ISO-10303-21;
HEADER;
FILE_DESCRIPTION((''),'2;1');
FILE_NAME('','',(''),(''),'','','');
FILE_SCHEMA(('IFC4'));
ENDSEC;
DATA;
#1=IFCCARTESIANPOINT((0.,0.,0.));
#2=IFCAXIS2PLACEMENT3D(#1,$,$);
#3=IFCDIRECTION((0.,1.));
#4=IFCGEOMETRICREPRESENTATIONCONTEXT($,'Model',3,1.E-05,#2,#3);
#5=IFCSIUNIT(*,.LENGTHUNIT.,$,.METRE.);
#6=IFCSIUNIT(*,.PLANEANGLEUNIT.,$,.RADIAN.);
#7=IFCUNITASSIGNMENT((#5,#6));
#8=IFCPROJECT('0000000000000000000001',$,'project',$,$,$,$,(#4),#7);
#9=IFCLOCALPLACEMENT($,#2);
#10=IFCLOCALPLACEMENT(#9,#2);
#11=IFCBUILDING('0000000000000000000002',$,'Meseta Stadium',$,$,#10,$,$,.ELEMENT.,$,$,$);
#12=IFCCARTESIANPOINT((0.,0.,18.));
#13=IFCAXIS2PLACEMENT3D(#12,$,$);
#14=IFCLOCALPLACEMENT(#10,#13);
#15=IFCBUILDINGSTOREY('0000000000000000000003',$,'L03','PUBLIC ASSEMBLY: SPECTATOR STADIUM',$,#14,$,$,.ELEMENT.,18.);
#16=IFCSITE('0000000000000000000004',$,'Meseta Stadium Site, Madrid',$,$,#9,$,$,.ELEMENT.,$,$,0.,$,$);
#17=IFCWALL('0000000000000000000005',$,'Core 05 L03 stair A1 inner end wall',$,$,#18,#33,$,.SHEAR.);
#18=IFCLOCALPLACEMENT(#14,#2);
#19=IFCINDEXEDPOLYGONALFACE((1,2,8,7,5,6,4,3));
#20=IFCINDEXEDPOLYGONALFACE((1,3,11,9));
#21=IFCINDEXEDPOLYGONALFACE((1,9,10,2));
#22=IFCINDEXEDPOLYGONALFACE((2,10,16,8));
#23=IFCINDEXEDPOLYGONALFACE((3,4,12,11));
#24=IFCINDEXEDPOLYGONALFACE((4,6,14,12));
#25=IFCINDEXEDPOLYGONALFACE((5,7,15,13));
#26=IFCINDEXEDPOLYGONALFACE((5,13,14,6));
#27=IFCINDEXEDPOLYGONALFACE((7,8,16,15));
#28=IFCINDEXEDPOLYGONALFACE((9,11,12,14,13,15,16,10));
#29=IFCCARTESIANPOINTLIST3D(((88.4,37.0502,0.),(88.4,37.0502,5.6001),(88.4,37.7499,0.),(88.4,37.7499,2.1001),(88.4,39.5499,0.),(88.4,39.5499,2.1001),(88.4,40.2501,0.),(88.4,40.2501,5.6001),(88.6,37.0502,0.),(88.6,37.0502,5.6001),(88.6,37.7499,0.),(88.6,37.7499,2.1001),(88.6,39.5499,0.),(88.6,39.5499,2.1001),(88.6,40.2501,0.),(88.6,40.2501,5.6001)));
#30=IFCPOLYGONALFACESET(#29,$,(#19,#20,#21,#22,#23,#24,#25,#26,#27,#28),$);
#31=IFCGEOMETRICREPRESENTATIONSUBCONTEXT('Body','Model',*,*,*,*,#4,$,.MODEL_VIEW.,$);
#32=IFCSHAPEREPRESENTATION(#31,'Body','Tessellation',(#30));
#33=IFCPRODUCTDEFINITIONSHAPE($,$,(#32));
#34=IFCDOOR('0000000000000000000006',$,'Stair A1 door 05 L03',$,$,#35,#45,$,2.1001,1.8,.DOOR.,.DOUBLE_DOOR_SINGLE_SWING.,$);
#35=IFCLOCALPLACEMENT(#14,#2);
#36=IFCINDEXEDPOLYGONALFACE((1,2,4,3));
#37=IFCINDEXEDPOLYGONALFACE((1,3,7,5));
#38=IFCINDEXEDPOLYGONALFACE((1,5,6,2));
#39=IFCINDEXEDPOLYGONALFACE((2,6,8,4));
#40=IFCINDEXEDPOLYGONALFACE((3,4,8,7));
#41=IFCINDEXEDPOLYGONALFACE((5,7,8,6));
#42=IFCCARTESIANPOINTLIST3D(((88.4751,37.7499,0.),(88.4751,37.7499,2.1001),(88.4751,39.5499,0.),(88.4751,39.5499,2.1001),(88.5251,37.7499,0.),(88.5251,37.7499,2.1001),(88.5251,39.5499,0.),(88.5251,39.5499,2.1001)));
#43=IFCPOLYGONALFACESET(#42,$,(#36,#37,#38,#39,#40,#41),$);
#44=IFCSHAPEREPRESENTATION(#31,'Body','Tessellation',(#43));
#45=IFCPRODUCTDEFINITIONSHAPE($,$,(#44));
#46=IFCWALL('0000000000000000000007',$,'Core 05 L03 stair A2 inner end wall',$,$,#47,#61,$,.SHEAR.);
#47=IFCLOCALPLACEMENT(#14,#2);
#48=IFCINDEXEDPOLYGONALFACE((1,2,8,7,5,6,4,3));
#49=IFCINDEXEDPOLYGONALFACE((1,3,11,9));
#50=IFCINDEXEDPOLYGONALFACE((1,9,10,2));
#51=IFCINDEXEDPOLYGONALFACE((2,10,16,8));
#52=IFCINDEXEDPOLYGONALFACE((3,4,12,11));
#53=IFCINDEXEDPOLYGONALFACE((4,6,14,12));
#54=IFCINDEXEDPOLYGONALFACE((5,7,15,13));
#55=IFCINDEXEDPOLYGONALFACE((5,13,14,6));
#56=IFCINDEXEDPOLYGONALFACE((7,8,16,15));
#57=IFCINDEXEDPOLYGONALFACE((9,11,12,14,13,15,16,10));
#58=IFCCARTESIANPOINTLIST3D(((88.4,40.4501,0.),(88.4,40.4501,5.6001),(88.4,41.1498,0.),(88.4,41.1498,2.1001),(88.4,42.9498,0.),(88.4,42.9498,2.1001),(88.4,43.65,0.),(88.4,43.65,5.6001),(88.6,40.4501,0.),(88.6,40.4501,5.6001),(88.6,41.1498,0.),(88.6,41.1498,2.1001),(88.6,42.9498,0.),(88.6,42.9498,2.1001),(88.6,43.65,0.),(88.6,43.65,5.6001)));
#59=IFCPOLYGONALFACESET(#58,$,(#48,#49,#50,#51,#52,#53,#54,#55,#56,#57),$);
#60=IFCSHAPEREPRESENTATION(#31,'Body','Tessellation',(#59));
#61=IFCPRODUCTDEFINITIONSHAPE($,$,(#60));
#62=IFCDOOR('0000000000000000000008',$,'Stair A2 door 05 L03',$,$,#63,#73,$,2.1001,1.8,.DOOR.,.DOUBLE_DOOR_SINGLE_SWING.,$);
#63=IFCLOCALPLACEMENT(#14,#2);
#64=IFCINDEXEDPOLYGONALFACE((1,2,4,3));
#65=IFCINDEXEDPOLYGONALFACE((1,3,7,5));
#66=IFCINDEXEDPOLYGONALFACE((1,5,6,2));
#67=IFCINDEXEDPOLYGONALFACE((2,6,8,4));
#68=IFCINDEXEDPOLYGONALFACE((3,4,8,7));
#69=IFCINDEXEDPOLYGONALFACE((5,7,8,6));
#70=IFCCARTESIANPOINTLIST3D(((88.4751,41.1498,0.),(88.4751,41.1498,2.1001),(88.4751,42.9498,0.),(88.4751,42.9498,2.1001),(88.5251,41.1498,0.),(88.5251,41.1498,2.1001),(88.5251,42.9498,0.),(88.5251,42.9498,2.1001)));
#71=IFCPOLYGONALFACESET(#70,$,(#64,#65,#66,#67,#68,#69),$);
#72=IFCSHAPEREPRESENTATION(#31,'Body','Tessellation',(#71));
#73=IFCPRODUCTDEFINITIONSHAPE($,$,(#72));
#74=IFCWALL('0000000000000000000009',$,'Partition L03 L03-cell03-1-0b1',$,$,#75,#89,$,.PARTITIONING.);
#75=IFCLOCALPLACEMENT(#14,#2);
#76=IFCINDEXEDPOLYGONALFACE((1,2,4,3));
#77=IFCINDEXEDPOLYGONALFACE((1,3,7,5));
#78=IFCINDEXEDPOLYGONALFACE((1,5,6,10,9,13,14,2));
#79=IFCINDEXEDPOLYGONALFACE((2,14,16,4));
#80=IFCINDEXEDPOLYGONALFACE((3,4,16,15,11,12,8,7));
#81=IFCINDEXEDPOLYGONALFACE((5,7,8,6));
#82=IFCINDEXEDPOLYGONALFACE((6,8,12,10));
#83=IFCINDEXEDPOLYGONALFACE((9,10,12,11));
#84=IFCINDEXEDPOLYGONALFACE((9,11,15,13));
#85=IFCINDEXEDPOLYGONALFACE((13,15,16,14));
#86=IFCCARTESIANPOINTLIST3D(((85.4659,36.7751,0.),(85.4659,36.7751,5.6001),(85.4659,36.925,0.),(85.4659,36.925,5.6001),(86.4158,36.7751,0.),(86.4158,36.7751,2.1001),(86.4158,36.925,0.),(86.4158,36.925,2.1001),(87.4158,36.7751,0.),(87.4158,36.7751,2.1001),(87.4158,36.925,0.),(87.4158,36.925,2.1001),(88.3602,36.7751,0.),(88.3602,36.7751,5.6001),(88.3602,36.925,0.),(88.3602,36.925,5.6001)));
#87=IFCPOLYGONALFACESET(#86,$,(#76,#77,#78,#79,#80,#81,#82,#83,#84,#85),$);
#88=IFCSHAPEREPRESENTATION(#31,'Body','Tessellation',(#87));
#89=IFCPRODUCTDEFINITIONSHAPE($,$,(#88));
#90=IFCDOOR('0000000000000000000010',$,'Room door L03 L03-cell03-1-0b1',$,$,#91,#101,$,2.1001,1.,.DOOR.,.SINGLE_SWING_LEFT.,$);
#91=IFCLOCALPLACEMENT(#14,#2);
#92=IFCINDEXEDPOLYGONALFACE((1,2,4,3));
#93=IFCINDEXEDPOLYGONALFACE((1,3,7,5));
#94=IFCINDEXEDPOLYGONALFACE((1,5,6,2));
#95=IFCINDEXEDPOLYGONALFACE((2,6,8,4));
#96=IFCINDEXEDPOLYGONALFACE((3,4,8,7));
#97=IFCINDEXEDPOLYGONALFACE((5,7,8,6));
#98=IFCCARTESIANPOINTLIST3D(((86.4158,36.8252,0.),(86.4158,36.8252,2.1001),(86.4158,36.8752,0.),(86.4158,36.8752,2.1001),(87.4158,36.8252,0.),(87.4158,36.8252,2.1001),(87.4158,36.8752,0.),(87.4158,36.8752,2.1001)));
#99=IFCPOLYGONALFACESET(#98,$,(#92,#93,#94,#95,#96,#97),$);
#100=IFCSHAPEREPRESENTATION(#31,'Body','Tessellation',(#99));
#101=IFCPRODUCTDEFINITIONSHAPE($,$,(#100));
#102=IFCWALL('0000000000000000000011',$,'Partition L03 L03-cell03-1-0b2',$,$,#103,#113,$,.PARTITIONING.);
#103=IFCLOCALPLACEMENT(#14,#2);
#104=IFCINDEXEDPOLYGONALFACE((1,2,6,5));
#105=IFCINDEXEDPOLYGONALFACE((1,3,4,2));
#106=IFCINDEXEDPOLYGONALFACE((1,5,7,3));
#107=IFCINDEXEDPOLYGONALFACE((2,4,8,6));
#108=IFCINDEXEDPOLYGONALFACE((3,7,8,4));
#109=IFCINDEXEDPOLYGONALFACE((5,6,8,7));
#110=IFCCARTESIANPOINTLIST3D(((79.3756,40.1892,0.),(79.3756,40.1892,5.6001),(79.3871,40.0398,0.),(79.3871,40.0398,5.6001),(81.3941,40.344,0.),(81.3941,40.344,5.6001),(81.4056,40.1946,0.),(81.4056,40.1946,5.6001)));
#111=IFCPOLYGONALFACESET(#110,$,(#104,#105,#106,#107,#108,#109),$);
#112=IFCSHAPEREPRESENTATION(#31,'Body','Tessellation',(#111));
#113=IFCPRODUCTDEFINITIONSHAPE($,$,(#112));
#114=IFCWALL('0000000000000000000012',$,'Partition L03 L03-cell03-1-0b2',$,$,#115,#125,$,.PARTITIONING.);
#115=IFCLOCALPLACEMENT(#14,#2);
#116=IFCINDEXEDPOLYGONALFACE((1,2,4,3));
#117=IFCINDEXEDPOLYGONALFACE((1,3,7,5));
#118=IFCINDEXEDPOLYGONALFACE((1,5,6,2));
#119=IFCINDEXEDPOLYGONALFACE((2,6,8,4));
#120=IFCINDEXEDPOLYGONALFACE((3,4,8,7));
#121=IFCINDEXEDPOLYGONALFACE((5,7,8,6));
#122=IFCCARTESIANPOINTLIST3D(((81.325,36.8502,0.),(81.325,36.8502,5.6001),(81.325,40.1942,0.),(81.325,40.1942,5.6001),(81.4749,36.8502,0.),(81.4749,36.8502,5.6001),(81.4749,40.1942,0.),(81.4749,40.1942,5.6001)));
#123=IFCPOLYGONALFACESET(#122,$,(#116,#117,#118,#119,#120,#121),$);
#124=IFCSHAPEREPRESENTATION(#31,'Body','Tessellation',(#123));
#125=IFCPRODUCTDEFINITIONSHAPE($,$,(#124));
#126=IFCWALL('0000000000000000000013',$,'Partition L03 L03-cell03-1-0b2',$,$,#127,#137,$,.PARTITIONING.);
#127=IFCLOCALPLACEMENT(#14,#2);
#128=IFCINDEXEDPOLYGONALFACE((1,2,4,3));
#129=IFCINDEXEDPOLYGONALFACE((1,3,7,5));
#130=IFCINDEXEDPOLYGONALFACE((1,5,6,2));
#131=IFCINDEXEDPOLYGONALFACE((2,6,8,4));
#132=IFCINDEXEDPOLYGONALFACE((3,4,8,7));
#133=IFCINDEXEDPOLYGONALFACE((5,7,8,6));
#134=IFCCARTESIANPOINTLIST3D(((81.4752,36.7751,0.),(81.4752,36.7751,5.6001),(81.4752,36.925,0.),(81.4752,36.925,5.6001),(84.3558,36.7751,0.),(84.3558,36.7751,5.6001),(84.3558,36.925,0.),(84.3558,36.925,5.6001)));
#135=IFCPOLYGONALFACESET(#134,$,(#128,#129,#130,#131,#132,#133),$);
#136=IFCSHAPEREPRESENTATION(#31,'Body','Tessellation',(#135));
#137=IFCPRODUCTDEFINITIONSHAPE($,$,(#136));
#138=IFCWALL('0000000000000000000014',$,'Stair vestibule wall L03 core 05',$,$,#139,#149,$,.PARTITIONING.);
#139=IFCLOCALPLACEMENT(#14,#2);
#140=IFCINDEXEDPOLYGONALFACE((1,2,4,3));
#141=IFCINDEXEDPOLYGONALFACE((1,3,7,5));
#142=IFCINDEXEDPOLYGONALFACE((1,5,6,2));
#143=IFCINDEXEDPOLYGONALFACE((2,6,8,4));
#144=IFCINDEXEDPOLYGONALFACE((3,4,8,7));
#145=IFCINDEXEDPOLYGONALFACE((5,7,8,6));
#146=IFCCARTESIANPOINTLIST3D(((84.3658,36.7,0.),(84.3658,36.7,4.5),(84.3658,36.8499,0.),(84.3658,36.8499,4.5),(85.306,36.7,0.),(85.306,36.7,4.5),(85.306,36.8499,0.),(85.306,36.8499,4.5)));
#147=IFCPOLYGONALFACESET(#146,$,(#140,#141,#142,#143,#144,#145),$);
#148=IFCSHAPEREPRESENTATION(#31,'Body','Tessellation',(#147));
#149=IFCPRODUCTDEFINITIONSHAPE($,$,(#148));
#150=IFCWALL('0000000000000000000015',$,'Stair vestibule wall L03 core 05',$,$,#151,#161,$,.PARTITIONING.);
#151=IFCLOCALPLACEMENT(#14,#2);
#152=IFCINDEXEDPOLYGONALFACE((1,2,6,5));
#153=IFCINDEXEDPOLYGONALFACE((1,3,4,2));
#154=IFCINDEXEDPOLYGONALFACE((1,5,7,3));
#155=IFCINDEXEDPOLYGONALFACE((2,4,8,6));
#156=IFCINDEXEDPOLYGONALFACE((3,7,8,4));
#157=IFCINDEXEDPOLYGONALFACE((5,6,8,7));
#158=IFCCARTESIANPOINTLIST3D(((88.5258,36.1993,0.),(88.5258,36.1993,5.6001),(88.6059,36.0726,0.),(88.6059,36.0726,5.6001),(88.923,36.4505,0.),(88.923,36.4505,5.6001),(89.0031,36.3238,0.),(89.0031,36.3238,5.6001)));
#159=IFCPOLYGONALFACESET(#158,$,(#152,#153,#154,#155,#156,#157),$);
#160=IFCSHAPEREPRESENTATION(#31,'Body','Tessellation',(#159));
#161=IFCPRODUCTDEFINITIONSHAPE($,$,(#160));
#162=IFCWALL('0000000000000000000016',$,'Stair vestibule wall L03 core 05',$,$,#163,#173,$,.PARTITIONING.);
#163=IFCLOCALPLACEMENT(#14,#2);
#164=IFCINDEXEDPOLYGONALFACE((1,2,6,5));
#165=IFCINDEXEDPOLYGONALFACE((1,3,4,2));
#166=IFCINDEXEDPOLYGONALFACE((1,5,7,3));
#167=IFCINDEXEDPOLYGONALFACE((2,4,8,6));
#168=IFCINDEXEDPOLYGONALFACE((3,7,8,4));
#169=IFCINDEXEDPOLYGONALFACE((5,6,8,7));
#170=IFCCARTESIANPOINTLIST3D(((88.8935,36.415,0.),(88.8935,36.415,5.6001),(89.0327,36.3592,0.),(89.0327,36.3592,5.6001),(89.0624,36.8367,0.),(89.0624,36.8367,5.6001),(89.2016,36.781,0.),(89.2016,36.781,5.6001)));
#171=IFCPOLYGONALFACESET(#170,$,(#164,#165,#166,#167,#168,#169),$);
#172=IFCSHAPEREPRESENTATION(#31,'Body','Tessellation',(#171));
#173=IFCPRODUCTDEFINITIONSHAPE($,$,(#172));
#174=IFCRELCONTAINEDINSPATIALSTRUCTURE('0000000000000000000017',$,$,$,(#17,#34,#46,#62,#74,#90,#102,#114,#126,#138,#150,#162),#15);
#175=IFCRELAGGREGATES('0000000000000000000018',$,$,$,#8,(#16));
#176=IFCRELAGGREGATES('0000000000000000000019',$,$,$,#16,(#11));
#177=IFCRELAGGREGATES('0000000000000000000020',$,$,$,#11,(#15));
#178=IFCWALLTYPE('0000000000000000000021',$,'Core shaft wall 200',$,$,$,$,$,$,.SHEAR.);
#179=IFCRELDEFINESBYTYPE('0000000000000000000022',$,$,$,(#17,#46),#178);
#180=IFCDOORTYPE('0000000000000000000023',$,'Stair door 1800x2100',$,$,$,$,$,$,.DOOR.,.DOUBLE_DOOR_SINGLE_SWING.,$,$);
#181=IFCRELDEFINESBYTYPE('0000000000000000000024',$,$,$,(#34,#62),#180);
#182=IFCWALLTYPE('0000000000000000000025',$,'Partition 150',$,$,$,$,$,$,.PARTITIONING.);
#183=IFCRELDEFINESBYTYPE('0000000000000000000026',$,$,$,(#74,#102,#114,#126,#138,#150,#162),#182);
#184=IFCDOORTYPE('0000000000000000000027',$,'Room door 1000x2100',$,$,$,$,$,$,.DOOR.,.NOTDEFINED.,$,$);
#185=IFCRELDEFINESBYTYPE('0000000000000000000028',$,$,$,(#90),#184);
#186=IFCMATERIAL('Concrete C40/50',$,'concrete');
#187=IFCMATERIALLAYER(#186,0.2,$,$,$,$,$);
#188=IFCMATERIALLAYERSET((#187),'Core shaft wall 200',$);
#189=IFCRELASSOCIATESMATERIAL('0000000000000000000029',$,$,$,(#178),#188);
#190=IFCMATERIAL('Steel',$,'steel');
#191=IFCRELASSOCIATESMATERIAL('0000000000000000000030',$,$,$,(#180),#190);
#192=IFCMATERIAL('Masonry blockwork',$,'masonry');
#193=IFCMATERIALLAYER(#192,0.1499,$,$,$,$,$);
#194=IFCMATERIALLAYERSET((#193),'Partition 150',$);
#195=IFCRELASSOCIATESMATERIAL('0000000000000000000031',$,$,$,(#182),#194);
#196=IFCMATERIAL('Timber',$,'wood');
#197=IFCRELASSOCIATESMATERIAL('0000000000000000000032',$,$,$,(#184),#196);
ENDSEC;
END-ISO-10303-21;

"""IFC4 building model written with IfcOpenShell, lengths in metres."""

from ifc_helpers import new_model, si_unit, direction, frame, frame_2d, origin, place, context, subcontext, project, spatial, rectangle, extrude, material, layer, layer_set, type_object, element, fill, save


model = new_model("IFC4")

# Units and contexts
model_context = context("Model", 3, precision=1e-05, world=origin(), true_north=direction((0.0, 1.0)))
body_context = subcontext(model_context, "Body", "Model", "MODEL_VIEW")
ifc_project = project(units=[si_unit("LENGTHUNIT", "METRE"), si_unit("PLANEANGLEUNIT", "RADIAN")], contexts=[model_context])

# Site, building, storey
site_placement = place(None, origin())
site = spatial("IfcSite", under=ifc_project, at=site_placement, Name="Meseta Stadium Site, Madrid", CompositionType="ELEMENT", RefElevation=0.0)
building_placement = place(site_placement, origin())
building = spatial("IfcBuilding", under=site, at=building_placement, Name="Meseta Stadium", CompositionType="ELEMENT")
storey_placement = place(building_placement, frame((0.0, 0.0, 18.0)))
storey = spatial("IfcBuildingStorey", under=building, at=storey_placement, Name="L03", Description="PUBLIC ASSEMBLY: SPECTATOR STADIUM", CompositionType="ELEMENT", Elevation=18.0)

# Walls, openings, doors
ifc_material_1 = material(Name="Concrete C40/50", Category="concrete")
ifc_layer_1 = layer(ifc_material_1, 0.2)
ifc_layer_set_1 = layer_set([ifc_layer_1], Name="Core shaft wall 200")
wall_type_1 = type_object("IfcWallType", Name="Core shaft wall 200", PredefinedType="SHEAR", material=ifc_layer_set_1)
wall_1_placement = place(storey_placement, frame((88.5, 37.05, 0.0), z_axis=(0.0, 0.0, 1.0), x_axis=(0.0, 1.0, 0.0)))
wall_1 = element("IfcWall", 1, at=wall_1_placement, inside=storey, type_object=wall_type_1, Name="Core 05 L03 stair A1 inner end wall", PredefinedType="SHEAR", context=body_context, shape_type="SweptSolid", body=[
    extrude(rectangle(XDim=3.2, YDim=0.2, at=frame_2d((1.6001, 0.0))), origin(), (0.0, 0.0, 1.0), 5.6001),
])
opening_1_placement = place(wall_1_placement, frame((0.7, 0.0, 0.0)))
opening_1 = element("IfcOpeningElement", 2, at=opening_1_placement, cuts=wall_1, PredefinedType="OPENING", context=body_context, shape_type="SweptSolid", body=[
    extrude(rectangle(XDim=1.8, YDim=2.1001, at=frame_2d((0.8999, 1.05))), frame((0.0, 0.1099, 0.0), z_axis=(0.0, -1.0, 0.0), x_axis=(1.0, 0.0, 0.0)), (0.0, 0.0, 1.0), 0.22),
])
ifc_material_2 = material(Name="Steel", Category="steel")
door_type_1 = type_object("IfcDoorType", Name="Stair door 1800x2100", OperationType="DOUBLE_DOOR_SINGLE_SWING", PredefinedType="DOOR", material=ifc_material_2)
door_1_placement = place(opening_1_placement, origin())
door_1 = element("IfcDoor", 3, at=door_1_placement, inside=storey, type_object=door_type_1, Name="Stair A1 door 05 L03", OperationType="DOUBLE_DOOR_SINGLE_SWING", OverallHeight=2.1001, OverallWidth=1.8, PredefinedType="DOOR", context=body_context, shape_type="SweptSolid", body=[
    extrude(rectangle(XDim=1.8, YDim=2.1001, at=frame_2d((0.8999, 1.05))), frame((0.0, 0.0249, 0.0), z_axis=(0.0, -1.0, 0.0), x_axis=(1.0, 0.0, 0.0)), (0.0, 0.0, 1.0), 0.05),
])
fill(opening_1, door_1)
wall_2_placement = place(storey_placement, frame((88.5, 40.45, 0.0), z_axis=(0.0, 0.0, 1.0), x_axis=(0.0, 1.0, 0.0)))
wall_2 = element("IfcWall", 4, at=wall_2_placement, inside=storey, type_object=wall_type_1, Name="Core 05 L03 stair A2 inner end wall", PredefinedType="SHEAR", context=body_context, shape_type="SweptSolid", body=[
    extrude(rectangle(XDim=3.2, YDim=0.2, at=frame_2d((1.6001, 0.0))), origin(), (0.0, 0.0, 1.0), 5.6001),
])
opening_2_placement = place(wall_2_placement, frame((0.7, 0.0, 0.0)))
opening_2 = element("IfcOpeningElement", 5, at=opening_2_placement, cuts=wall_2, PredefinedType="OPENING", context=body_context, shape_type="SweptSolid", body=[
    extrude(rectangle(XDim=1.8, YDim=2.1001, at=frame_2d((0.8999, 1.05))), frame((0.0, 0.1099, 0.0), z_axis=(0.0, -1.0, 0.0), x_axis=(1.0, 0.0, 0.0)), (0.0, 0.0, 1.0), 0.22),
])
door_2_placement = place(opening_2_placement, origin())
door_2 = element("IfcDoor", 6, at=door_2_placement, inside=storey, type_object=door_type_1, Name="Stair A2 door 05 L03", OperationType="DOUBLE_DOOR_SINGLE_SWING", OverallHeight=2.1001, OverallWidth=1.8, PredefinedType="DOOR", context=body_context, shape_type="SweptSolid", body=[
    extrude(rectangle(XDim=1.8, YDim=2.1001, at=frame_2d((0.8999, 1.05))), frame((0.0, 0.0249, 0.0), z_axis=(0.0, -1.0, 0.0), x_axis=(1.0, 0.0, 0.0)), (0.0, 0.0, 1.0), 0.05),
])
fill(opening_2, door_2)
ifc_material_3 = material(Name="Masonry blockwork", Category="masonry")
ifc_layer_2 = layer(ifc_material_3, 0.1499)
ifc_layer_set_2 = layer_set([ifc_layer_2], Name="Partition 150")
wall_type_2 = type_object("IfcWallType", Name="Partition 150", PredefinedType="PARTITIONING", material=ifc_layer_set_2)
wall_3_placement = place(storey_placement, frame((85.4658, 36.8501, 0.0), z_axis=(0.0, 0.0, 1.0), x_axis=(1.0, 0.0, 0.0)))
wall_3 = element("IfcWall", 7, at=wall_3_placement, inside=storey, type_object=wall_type_2, Name="Partition L03 L03-cell03-1-0b1", PredefinedType="PARTITIONING", context=body_context, shape_type="SweptSolid", body=[
    extrude(rectangle(XDim=2.8943, YDim=0.1499, at=frame_2d((1.4473, 0.0))), origin(), (0.0, 0.0, 1.0), 5.6001),
])
opening_3_placement = place(wall_3_placement, frame((0.95, 0.0, 0.0)))
opening_3 = element("IfcOpeningElement", 8, at=opening_3_placement, cuts=wall_3, PredefinedType="OPENING", context=body_context, shape_type="SweptSolid", body=[
    extrude(rectangle(XDim=1.0, YDim=2.1001, at=frame_2d((0.5, 1.05))), frame((0.0, 0.085, 0.0), z_axis=(0.0, -1.0, 0.0), x_axis=(1.0, 0.0, 0.0)), (0.0, 0.0, 1.0), 0.1699),
])
ifc_material_4 = material(Name="Timber", Category="wood")
door_type_2 = type_object("IfcDoorType", Name="Room door 1000x2100", OperationType="NOTDEFINED", PredefinedType="DOOR", material=ifc_material_4)
door_3_placement = place(opening_3_placement, frame((1.0, 0.0, 0.0), z_axis=(0.0, 0.0, 1.0), x_axis=(-1.0, 0.0, 0.0)))
door_3 = element("IfcDoor", 9, at=door_3_placement, inside=storey, type_object=door_type_2, Name="Room door L03 L03-cell03-1-0b1", OperationType="SINGLE_SWING_LEFT", OverallHeight=2.1001, OverallWidth=1.0, PredefinedType="DOOR", context=body_context, shape_type="SweptSolid", body=[
    extrude(rectangle(XDim=1.0, YDim=2.1001, at=frame_2d((0.5, 1.05))), frame((0.0, 0.0249, 0.0), z_axis=(0.0, -1.0, 0.0), x_axis=(1.0, 0.0, 0.0)), (0.0, 0.0, 1.0), 0.05),
])
fill(opening_3, door_3)

# Walls
wall_4_placement = place(storey_placement, frame((79.3813, 40.1145, 0.0), z_axis=(0.0, 0.0, 1.0), x_axis=(0.997073, 0.076457, 0.0)))
element("IfcWall", 10, at=wall_4_placement, inside=storey, type_object=wall_type_2, Name="Partition L03 L03-cell03-1-0b2", PredefinedType="PARTITIONING", context=body_context, shape_type="SweptSolid", body=[
    extrude(rectangle(XDim=2.0244, YDim=0.1499, at=frame_2d((1.0122, 0.0))), origin(), (0.0, 0.0, 1.0), 5.6001),
])
wall_5_placement = place(storey_placement, frame((81.3999, 40.1941, 0.0), z_axis=(0.0, 0.0, 1.0), x_axis=(0.0, -1.0, 0.0)))
element("IfcWall", 11, at=wall_5_placement, inside=storey, type_object=wall_type_2, Name="Partition L03 L03-cell03-1-0b2", PredefinedType="PARTITIONING", context=body_context, shape_type="SweptSolid", body=[
    extrude(rectangle(XDim=3.344, YDim=0.1499, at=frame_2d((1.6719, 0.0))), origin(), (0.0, 0.0, 1.0), 5.6001),
])
wall_6_placement = place(storey_placement, frame((81.4751, 36.8501, 0.0), z_axis=(0.0, 0.0, 1.0), x_axis=(1.0, 0.0, 0.0)))
element("IfcWall", 12, at=wall_6_placement, inside=storey, type_object=wall_type_2, Name="Partition L03 L03-cell03-1-0b2", PredefinedType="PARTITIONING", context=body_context, shape_type="SweptSolid", body=[
    extrude(rectangle(XDim=2.8806, YDim=0.1499, at=frame_2d((1.4404, 0.0))), origin(), (0.0, 0.0, 1.0), 5.6001),
])
wall_7_placement = place(storey_placement, frame((84.3657, 36.7749, 0.0), z_axis=(0.0, 0.0, 1.0), x_axis=(1.0, 0.0, 0.0)))
element("IfcWall", 13, at=wall_7_placement, inside=storey, type_object=wall_type_2, Name="Stair vestibule wall L03 core 05", PredefinedType="PARTITIONING", context=body_context, shape_type="SweptSolid", body=[
    extrude(rectangle(XDim=0.9402, YDim=0.1499, at=frame_2d((0.4702, 0.0))), origin(), (0.0, 0.0, 1.0), 4.5),
])
wall_8_placement = place(storey_placement, frame((88.5659, 36.136, 0.0), z_axis=(0.0, 0.0, 1.0), x_axis=(0.845155, 0.534521, 0.0)))
element("IfcWall", 14, at=wall_8_placement, inside=storey, type_object=wall_type_2, Name="Stair vestibule wall L03 core 05", PredefinedType="PARTITIONING", context=body_context, shape_type="SweptSolid", body=[
    extrude(rectangle(XDim=0.47, YDim=0.1499, at=frame_2d((0.2349, 0.0))), origin(), (0.0, 0.0, 1.0), 5.6001),
])
wall_9_placement = place(storey_placement, frame((88.9631, 36.3872, 0.0), z_axis=(0.0, 0.0, 1.0), x_axis=(0.371761, 0.928328, 0.0)))
element("IfcWall", 15, at=wall_9_placement, inside=storey, type_object=wall_type_2, Name="Stair vestibule wall L03 core 05", PredefinedType="PARTITIONING", context=body_context, shape_type="SweptSolid", body=[
    extrude(rectangle(XDim=0.4543, YDim=0.1499, at=frame_2d((0.2271, 0.0))), origin(), (0.0, 0.0, 1.0), 5.6001),
])

save(model, "model.ifc")
